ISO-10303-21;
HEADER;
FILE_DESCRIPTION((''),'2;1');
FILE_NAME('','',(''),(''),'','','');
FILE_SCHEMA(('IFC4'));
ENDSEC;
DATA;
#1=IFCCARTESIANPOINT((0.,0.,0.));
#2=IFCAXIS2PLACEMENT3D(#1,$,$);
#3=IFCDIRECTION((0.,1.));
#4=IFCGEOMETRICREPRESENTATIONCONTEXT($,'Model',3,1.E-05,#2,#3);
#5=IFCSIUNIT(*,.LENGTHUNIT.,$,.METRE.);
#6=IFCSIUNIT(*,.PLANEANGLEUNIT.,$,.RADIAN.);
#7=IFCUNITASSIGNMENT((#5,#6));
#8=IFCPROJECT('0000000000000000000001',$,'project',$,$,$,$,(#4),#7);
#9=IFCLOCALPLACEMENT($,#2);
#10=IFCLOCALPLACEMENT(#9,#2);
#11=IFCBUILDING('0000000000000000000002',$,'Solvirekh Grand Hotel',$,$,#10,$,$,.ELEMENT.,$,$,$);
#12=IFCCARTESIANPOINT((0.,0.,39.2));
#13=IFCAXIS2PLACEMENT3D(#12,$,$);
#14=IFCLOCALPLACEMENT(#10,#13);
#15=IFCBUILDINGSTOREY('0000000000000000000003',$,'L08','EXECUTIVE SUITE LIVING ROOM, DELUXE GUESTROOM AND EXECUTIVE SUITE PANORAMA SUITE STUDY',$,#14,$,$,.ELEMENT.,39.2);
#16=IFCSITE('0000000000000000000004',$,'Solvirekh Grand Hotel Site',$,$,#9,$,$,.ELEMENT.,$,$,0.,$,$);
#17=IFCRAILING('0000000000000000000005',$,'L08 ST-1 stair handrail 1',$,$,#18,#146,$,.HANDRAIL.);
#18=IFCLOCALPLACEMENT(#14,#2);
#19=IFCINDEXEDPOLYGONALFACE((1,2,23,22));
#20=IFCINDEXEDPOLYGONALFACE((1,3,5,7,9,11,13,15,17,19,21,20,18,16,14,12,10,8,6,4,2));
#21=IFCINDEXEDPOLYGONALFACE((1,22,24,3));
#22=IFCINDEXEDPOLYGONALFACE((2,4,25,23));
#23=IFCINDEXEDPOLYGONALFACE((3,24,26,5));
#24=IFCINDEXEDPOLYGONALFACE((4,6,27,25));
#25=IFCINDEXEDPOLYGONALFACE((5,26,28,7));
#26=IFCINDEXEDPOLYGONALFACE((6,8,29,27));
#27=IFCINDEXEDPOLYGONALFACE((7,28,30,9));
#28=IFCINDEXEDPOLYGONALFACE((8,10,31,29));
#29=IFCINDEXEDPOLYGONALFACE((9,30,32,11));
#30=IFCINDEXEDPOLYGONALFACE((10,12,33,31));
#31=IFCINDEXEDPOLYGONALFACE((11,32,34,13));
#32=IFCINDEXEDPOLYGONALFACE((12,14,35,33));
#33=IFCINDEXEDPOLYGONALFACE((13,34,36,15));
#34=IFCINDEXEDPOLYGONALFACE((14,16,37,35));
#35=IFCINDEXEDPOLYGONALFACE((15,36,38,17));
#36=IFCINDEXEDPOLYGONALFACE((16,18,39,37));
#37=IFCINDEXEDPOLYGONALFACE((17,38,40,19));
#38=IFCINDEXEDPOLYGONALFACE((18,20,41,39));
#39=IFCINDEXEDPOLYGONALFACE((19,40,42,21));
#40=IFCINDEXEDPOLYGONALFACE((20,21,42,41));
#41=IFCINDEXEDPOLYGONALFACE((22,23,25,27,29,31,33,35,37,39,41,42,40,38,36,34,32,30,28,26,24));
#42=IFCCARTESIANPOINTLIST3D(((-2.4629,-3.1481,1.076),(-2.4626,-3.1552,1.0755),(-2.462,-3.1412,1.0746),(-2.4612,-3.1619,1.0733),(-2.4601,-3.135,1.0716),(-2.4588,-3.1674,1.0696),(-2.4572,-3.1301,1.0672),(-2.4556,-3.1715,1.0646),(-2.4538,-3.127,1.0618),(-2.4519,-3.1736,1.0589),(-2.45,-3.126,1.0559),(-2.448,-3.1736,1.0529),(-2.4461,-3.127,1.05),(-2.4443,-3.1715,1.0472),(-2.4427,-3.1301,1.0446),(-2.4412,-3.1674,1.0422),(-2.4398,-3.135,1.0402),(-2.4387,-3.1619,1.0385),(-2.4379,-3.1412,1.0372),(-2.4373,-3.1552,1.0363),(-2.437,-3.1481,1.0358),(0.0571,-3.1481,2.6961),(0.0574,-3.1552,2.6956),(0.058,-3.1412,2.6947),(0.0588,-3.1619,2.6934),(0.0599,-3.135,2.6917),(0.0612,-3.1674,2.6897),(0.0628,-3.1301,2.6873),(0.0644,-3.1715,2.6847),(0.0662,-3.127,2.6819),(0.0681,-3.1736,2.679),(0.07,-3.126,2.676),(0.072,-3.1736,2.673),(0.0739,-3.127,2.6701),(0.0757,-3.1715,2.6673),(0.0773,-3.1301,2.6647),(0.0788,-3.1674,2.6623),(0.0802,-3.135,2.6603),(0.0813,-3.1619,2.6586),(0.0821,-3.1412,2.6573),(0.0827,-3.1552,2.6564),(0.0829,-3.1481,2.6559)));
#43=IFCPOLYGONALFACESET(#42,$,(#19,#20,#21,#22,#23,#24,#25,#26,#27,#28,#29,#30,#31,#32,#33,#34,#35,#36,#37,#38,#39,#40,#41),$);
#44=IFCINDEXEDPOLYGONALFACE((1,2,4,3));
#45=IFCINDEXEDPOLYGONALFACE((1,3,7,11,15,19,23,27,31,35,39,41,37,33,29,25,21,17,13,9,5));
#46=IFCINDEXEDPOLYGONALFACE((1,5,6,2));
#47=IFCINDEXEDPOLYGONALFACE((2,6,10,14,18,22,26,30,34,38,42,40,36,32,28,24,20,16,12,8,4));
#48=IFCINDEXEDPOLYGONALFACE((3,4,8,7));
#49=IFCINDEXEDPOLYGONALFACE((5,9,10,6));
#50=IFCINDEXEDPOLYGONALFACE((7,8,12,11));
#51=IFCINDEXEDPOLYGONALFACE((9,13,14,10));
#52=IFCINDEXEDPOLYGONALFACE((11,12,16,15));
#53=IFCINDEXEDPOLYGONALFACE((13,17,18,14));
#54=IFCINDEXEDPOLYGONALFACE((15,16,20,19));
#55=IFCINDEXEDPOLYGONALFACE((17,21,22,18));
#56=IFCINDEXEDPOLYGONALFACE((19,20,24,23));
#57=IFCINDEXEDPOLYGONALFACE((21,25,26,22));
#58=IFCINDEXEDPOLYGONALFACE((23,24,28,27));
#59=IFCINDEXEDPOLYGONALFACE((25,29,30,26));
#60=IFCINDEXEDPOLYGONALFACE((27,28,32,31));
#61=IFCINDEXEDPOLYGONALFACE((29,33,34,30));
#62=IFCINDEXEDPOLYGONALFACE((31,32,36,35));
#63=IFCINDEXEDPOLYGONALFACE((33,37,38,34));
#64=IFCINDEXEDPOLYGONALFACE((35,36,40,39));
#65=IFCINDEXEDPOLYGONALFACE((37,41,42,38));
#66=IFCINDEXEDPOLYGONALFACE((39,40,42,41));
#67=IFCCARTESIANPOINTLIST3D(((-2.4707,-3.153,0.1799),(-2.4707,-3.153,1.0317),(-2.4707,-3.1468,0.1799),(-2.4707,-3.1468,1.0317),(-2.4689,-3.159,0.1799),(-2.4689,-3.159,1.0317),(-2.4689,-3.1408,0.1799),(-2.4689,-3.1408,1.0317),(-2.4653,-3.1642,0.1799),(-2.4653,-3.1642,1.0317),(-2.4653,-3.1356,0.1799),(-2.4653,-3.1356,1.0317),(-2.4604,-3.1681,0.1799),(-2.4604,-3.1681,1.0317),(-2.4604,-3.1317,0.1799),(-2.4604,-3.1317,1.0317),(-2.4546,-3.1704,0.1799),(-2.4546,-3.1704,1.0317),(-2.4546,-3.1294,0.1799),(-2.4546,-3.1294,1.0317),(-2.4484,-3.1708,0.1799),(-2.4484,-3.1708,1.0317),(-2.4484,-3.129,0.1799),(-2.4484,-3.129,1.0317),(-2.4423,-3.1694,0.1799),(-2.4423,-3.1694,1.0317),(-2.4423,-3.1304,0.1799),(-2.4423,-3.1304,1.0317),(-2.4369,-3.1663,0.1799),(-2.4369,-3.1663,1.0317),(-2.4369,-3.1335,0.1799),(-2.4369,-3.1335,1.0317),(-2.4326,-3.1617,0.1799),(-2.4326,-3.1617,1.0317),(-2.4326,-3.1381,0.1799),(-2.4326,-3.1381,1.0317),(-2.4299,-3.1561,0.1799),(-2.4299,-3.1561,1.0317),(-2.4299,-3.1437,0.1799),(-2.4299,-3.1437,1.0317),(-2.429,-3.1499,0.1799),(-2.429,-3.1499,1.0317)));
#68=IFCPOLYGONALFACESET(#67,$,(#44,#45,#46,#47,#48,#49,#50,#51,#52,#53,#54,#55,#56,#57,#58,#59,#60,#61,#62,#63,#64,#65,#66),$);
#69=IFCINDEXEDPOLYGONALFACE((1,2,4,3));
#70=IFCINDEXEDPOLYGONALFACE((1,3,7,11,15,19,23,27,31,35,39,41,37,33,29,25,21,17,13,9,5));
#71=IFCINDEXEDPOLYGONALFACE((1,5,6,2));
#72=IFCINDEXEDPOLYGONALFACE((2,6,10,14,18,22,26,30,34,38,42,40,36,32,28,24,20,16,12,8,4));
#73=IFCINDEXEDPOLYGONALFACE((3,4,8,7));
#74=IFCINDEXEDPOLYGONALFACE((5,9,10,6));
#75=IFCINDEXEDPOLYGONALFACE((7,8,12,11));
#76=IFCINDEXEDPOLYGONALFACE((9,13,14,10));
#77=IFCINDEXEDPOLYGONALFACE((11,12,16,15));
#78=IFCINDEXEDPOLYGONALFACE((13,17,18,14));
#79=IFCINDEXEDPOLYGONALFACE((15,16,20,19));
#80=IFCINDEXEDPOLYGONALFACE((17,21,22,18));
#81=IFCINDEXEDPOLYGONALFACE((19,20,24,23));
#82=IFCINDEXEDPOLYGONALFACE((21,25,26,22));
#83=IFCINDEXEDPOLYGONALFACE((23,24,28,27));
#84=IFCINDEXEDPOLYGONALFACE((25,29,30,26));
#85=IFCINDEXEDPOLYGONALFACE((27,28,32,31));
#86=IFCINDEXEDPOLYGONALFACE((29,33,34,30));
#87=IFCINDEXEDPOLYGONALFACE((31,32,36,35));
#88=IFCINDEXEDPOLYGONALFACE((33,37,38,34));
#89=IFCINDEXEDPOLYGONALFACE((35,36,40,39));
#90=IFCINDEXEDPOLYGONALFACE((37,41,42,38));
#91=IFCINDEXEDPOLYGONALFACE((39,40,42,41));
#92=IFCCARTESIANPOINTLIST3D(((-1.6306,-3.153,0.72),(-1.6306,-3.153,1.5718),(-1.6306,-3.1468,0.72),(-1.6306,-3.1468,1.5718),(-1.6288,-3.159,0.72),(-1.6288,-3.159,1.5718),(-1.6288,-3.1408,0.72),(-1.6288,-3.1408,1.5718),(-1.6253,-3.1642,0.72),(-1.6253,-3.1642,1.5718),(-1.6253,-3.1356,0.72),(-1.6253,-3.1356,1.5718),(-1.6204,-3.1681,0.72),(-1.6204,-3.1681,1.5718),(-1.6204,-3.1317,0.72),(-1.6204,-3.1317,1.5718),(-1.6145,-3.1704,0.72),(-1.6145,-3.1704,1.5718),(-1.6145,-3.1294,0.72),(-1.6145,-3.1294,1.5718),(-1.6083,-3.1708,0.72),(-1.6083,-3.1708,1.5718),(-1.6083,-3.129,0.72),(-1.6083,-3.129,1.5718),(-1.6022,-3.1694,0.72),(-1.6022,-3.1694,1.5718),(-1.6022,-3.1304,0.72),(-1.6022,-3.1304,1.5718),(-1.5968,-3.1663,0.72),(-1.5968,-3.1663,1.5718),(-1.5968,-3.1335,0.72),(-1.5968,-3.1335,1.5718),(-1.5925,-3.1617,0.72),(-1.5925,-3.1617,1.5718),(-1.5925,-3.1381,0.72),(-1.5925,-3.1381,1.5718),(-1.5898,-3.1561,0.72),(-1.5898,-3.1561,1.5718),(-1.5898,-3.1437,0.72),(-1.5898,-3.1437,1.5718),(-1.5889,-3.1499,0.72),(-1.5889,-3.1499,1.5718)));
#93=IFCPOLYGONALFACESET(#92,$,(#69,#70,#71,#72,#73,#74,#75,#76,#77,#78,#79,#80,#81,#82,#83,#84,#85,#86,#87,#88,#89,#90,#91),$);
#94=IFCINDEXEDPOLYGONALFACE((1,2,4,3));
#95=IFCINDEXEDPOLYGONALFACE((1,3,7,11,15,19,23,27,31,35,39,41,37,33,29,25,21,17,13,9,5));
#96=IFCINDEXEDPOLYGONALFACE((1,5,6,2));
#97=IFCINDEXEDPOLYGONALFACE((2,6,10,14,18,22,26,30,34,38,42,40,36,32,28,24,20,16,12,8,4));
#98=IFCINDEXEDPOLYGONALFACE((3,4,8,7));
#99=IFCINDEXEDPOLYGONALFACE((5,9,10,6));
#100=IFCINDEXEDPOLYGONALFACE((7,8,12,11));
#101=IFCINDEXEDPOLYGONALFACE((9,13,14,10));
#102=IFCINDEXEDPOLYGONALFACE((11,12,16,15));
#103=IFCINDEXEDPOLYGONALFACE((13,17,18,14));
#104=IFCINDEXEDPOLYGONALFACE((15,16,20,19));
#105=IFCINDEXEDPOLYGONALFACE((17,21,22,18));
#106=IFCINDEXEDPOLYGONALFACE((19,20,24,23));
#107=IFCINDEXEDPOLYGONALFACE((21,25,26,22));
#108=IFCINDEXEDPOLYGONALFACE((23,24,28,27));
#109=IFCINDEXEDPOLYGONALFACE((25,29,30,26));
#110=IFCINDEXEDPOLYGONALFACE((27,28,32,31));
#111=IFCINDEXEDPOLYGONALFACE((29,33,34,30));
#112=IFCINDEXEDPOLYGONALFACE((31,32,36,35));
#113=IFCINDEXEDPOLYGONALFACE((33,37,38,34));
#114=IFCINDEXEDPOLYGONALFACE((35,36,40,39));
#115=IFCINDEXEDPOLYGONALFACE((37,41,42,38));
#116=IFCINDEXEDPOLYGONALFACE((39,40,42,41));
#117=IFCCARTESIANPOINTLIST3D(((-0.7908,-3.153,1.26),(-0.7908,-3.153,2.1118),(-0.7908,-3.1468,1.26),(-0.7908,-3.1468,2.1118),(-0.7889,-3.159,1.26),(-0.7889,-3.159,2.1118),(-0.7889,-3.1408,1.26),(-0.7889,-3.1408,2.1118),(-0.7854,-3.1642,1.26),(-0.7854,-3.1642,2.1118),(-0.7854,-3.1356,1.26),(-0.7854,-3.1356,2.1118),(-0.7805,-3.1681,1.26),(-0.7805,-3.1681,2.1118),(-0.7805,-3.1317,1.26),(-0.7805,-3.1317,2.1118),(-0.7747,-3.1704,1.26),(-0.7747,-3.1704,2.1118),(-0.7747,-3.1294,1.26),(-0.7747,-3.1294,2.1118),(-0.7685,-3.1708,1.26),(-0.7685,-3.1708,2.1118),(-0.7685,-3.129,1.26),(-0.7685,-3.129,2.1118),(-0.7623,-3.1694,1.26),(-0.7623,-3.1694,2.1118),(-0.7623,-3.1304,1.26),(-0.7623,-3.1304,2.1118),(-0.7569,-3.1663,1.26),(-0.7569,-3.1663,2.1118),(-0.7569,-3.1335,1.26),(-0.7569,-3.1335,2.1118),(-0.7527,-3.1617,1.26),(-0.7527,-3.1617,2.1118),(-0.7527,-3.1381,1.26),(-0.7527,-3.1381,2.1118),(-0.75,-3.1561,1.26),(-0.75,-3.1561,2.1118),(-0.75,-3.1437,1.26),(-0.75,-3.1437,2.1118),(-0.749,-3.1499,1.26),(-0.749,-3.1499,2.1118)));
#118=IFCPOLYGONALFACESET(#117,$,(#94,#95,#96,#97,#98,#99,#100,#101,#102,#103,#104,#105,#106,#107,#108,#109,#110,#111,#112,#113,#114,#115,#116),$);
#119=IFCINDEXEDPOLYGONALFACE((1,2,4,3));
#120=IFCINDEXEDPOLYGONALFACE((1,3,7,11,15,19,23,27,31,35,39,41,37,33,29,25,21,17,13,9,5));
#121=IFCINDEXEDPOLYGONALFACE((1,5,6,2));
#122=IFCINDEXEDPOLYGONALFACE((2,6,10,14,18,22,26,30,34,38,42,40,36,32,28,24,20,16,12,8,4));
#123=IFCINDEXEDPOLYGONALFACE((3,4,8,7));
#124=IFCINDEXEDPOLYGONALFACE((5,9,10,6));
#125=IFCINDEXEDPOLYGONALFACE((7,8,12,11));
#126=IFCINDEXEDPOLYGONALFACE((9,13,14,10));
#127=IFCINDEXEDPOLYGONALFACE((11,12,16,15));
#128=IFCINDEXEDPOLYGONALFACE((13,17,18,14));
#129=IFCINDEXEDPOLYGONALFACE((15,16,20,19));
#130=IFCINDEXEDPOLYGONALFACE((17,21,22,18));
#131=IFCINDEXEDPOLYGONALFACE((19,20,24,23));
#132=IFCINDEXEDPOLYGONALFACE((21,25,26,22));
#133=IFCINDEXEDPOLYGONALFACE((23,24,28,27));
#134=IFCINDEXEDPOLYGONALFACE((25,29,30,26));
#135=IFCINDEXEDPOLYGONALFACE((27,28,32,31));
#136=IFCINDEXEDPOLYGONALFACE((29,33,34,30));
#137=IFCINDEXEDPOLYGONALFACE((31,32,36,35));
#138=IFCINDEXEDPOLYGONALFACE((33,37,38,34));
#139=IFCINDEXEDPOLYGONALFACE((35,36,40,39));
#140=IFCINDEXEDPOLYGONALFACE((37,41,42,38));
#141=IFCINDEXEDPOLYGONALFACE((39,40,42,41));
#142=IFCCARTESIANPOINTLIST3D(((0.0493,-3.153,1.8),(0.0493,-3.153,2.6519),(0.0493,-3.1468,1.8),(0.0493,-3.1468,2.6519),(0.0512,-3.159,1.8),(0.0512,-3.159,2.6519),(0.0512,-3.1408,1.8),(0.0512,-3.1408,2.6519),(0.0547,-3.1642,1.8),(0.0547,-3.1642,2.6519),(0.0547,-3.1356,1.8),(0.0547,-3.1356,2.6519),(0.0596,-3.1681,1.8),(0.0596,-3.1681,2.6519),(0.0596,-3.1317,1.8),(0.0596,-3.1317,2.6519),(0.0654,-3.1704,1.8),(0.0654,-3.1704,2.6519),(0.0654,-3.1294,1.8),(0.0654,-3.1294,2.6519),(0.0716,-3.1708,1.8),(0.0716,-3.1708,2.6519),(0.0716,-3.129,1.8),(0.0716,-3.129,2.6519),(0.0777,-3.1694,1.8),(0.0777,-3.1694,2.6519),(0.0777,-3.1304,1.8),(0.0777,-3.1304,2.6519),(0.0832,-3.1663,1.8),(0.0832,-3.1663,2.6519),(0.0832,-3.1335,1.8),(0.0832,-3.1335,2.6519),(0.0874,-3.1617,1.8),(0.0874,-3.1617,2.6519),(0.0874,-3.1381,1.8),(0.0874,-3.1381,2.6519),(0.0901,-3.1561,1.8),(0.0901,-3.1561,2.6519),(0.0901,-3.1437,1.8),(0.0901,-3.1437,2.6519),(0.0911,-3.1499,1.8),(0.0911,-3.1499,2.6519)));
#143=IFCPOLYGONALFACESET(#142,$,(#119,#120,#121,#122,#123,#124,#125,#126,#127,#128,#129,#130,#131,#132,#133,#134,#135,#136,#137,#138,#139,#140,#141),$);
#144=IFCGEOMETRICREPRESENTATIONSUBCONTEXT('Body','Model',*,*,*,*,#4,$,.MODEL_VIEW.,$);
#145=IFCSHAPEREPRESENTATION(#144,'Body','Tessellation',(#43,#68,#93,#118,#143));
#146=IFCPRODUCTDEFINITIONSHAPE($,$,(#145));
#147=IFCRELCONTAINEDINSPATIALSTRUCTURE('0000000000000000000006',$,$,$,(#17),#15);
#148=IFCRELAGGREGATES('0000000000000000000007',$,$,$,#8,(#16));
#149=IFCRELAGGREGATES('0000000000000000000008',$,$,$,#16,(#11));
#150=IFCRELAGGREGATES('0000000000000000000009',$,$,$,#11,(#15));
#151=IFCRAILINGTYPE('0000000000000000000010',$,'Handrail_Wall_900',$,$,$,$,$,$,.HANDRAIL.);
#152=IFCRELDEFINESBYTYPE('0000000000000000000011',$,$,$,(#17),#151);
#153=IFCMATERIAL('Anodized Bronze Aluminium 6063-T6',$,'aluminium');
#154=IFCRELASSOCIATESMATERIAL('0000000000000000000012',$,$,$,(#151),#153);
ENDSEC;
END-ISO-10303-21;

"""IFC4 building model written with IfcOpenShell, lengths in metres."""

from ifc_helpers import new_model, si_unit, direction, frame, origin, origin_2d, place, context, subcontext, project, spatial, circle, extrude, material, type_object, element, save


model = new_model("IFC4")

# Units and contexts
model_context = context("Model", 3, precision=1e-05, world=origin(), true_north=direction((0.0, 1.0)))
body_context = subcontext(model_context, "Body", "Model", "MODEL_VIEW")
ifc_project = project(units=[si_unit("LENGTHUNIT", "METRE"), si_unit("PLANEANGLEUNIT", "RADIAN")], contexts=[model_context])

# Site, building, storey
site_placement = place(None, origin())
site = spatial("IfcSite", under=ifc_project, at=site_placement, Name="Solvirekh Grand Hotel Site", CompositionType="ELEMENT", RefElevation=0.0)
building_placement = place(site_placement, origin())
building = spatial("IfcBuilding", under=site, at=building_placement, Name="Solvirekh Grand Hotel", CompositionType="ELEMENT")
storey_placement = place(building_placement, frame((0.0, 0.0, 39.2)))
storey = spatial("IfcBuildingStorey", under=building, at=storey_placement, Name="L08", Description="EXECUTIVE SUITE LIVING ROOM, DELUXE GUESTROOM AND EXECUTIVE SUITE PANORAMA SUITE STUDY", CompositionType="ELEMENT", Elevation=39.2)

# Shared definitions
ifc_material_1 = material(Name="Anodized Bronze Aluminium 6063-T6", Category="aluminium")

# Railing
railing_type_1 = type_object("IfcRailingType", Name="Handrail_Wall_900", PredefinedType="HANDRAIL", material=ifc_material_1)
railing_1_placement = place(storey_placement, frame((-2.45, -3.1499, 0.1799)))
element("IfcRailing", 1, at=railing_1_placement, inside=storey, type_object=railing_type_1, Name="L08 ST-1 stair handrail 1", PredefinedType="HANDRAIL", context=body_context, shape_type="SweptSolid", body=[
    extrude(circle(Radius=0.0239, at=origin_2d()), frame((0.0, 0.0, 0.876), z_axis=(0.841163, 0.0, 0.540782), x_axis=(0.0, 1.0, 0.0)), (0.0, 0.0, 1.0), 2.9958),
    extrude(circle(Radius=0.021, at=origin_2d()), origin(), (0.0, 0.0, 1.0), 0.8518),
    extrude(circle(Radius=0.021, at=origin_2d()), frame((0.8401, 0.0, 0.54)), (0.0, 0.0, 1.0), 0.8518),
    extrude(circle(Radius=0.021, at=origin_2d()), frame((1.6799, 0.0, 1.0801)), (0.0, 0.0, 1.0), 0.8518),
    extrude(circle(Radius=0.021, at=origin_2d()), frame((2.52, 0.0, 1.6201)), (0.0, 0.0, 1.0), 0.8518),
])

save(model, "model.ifc")
